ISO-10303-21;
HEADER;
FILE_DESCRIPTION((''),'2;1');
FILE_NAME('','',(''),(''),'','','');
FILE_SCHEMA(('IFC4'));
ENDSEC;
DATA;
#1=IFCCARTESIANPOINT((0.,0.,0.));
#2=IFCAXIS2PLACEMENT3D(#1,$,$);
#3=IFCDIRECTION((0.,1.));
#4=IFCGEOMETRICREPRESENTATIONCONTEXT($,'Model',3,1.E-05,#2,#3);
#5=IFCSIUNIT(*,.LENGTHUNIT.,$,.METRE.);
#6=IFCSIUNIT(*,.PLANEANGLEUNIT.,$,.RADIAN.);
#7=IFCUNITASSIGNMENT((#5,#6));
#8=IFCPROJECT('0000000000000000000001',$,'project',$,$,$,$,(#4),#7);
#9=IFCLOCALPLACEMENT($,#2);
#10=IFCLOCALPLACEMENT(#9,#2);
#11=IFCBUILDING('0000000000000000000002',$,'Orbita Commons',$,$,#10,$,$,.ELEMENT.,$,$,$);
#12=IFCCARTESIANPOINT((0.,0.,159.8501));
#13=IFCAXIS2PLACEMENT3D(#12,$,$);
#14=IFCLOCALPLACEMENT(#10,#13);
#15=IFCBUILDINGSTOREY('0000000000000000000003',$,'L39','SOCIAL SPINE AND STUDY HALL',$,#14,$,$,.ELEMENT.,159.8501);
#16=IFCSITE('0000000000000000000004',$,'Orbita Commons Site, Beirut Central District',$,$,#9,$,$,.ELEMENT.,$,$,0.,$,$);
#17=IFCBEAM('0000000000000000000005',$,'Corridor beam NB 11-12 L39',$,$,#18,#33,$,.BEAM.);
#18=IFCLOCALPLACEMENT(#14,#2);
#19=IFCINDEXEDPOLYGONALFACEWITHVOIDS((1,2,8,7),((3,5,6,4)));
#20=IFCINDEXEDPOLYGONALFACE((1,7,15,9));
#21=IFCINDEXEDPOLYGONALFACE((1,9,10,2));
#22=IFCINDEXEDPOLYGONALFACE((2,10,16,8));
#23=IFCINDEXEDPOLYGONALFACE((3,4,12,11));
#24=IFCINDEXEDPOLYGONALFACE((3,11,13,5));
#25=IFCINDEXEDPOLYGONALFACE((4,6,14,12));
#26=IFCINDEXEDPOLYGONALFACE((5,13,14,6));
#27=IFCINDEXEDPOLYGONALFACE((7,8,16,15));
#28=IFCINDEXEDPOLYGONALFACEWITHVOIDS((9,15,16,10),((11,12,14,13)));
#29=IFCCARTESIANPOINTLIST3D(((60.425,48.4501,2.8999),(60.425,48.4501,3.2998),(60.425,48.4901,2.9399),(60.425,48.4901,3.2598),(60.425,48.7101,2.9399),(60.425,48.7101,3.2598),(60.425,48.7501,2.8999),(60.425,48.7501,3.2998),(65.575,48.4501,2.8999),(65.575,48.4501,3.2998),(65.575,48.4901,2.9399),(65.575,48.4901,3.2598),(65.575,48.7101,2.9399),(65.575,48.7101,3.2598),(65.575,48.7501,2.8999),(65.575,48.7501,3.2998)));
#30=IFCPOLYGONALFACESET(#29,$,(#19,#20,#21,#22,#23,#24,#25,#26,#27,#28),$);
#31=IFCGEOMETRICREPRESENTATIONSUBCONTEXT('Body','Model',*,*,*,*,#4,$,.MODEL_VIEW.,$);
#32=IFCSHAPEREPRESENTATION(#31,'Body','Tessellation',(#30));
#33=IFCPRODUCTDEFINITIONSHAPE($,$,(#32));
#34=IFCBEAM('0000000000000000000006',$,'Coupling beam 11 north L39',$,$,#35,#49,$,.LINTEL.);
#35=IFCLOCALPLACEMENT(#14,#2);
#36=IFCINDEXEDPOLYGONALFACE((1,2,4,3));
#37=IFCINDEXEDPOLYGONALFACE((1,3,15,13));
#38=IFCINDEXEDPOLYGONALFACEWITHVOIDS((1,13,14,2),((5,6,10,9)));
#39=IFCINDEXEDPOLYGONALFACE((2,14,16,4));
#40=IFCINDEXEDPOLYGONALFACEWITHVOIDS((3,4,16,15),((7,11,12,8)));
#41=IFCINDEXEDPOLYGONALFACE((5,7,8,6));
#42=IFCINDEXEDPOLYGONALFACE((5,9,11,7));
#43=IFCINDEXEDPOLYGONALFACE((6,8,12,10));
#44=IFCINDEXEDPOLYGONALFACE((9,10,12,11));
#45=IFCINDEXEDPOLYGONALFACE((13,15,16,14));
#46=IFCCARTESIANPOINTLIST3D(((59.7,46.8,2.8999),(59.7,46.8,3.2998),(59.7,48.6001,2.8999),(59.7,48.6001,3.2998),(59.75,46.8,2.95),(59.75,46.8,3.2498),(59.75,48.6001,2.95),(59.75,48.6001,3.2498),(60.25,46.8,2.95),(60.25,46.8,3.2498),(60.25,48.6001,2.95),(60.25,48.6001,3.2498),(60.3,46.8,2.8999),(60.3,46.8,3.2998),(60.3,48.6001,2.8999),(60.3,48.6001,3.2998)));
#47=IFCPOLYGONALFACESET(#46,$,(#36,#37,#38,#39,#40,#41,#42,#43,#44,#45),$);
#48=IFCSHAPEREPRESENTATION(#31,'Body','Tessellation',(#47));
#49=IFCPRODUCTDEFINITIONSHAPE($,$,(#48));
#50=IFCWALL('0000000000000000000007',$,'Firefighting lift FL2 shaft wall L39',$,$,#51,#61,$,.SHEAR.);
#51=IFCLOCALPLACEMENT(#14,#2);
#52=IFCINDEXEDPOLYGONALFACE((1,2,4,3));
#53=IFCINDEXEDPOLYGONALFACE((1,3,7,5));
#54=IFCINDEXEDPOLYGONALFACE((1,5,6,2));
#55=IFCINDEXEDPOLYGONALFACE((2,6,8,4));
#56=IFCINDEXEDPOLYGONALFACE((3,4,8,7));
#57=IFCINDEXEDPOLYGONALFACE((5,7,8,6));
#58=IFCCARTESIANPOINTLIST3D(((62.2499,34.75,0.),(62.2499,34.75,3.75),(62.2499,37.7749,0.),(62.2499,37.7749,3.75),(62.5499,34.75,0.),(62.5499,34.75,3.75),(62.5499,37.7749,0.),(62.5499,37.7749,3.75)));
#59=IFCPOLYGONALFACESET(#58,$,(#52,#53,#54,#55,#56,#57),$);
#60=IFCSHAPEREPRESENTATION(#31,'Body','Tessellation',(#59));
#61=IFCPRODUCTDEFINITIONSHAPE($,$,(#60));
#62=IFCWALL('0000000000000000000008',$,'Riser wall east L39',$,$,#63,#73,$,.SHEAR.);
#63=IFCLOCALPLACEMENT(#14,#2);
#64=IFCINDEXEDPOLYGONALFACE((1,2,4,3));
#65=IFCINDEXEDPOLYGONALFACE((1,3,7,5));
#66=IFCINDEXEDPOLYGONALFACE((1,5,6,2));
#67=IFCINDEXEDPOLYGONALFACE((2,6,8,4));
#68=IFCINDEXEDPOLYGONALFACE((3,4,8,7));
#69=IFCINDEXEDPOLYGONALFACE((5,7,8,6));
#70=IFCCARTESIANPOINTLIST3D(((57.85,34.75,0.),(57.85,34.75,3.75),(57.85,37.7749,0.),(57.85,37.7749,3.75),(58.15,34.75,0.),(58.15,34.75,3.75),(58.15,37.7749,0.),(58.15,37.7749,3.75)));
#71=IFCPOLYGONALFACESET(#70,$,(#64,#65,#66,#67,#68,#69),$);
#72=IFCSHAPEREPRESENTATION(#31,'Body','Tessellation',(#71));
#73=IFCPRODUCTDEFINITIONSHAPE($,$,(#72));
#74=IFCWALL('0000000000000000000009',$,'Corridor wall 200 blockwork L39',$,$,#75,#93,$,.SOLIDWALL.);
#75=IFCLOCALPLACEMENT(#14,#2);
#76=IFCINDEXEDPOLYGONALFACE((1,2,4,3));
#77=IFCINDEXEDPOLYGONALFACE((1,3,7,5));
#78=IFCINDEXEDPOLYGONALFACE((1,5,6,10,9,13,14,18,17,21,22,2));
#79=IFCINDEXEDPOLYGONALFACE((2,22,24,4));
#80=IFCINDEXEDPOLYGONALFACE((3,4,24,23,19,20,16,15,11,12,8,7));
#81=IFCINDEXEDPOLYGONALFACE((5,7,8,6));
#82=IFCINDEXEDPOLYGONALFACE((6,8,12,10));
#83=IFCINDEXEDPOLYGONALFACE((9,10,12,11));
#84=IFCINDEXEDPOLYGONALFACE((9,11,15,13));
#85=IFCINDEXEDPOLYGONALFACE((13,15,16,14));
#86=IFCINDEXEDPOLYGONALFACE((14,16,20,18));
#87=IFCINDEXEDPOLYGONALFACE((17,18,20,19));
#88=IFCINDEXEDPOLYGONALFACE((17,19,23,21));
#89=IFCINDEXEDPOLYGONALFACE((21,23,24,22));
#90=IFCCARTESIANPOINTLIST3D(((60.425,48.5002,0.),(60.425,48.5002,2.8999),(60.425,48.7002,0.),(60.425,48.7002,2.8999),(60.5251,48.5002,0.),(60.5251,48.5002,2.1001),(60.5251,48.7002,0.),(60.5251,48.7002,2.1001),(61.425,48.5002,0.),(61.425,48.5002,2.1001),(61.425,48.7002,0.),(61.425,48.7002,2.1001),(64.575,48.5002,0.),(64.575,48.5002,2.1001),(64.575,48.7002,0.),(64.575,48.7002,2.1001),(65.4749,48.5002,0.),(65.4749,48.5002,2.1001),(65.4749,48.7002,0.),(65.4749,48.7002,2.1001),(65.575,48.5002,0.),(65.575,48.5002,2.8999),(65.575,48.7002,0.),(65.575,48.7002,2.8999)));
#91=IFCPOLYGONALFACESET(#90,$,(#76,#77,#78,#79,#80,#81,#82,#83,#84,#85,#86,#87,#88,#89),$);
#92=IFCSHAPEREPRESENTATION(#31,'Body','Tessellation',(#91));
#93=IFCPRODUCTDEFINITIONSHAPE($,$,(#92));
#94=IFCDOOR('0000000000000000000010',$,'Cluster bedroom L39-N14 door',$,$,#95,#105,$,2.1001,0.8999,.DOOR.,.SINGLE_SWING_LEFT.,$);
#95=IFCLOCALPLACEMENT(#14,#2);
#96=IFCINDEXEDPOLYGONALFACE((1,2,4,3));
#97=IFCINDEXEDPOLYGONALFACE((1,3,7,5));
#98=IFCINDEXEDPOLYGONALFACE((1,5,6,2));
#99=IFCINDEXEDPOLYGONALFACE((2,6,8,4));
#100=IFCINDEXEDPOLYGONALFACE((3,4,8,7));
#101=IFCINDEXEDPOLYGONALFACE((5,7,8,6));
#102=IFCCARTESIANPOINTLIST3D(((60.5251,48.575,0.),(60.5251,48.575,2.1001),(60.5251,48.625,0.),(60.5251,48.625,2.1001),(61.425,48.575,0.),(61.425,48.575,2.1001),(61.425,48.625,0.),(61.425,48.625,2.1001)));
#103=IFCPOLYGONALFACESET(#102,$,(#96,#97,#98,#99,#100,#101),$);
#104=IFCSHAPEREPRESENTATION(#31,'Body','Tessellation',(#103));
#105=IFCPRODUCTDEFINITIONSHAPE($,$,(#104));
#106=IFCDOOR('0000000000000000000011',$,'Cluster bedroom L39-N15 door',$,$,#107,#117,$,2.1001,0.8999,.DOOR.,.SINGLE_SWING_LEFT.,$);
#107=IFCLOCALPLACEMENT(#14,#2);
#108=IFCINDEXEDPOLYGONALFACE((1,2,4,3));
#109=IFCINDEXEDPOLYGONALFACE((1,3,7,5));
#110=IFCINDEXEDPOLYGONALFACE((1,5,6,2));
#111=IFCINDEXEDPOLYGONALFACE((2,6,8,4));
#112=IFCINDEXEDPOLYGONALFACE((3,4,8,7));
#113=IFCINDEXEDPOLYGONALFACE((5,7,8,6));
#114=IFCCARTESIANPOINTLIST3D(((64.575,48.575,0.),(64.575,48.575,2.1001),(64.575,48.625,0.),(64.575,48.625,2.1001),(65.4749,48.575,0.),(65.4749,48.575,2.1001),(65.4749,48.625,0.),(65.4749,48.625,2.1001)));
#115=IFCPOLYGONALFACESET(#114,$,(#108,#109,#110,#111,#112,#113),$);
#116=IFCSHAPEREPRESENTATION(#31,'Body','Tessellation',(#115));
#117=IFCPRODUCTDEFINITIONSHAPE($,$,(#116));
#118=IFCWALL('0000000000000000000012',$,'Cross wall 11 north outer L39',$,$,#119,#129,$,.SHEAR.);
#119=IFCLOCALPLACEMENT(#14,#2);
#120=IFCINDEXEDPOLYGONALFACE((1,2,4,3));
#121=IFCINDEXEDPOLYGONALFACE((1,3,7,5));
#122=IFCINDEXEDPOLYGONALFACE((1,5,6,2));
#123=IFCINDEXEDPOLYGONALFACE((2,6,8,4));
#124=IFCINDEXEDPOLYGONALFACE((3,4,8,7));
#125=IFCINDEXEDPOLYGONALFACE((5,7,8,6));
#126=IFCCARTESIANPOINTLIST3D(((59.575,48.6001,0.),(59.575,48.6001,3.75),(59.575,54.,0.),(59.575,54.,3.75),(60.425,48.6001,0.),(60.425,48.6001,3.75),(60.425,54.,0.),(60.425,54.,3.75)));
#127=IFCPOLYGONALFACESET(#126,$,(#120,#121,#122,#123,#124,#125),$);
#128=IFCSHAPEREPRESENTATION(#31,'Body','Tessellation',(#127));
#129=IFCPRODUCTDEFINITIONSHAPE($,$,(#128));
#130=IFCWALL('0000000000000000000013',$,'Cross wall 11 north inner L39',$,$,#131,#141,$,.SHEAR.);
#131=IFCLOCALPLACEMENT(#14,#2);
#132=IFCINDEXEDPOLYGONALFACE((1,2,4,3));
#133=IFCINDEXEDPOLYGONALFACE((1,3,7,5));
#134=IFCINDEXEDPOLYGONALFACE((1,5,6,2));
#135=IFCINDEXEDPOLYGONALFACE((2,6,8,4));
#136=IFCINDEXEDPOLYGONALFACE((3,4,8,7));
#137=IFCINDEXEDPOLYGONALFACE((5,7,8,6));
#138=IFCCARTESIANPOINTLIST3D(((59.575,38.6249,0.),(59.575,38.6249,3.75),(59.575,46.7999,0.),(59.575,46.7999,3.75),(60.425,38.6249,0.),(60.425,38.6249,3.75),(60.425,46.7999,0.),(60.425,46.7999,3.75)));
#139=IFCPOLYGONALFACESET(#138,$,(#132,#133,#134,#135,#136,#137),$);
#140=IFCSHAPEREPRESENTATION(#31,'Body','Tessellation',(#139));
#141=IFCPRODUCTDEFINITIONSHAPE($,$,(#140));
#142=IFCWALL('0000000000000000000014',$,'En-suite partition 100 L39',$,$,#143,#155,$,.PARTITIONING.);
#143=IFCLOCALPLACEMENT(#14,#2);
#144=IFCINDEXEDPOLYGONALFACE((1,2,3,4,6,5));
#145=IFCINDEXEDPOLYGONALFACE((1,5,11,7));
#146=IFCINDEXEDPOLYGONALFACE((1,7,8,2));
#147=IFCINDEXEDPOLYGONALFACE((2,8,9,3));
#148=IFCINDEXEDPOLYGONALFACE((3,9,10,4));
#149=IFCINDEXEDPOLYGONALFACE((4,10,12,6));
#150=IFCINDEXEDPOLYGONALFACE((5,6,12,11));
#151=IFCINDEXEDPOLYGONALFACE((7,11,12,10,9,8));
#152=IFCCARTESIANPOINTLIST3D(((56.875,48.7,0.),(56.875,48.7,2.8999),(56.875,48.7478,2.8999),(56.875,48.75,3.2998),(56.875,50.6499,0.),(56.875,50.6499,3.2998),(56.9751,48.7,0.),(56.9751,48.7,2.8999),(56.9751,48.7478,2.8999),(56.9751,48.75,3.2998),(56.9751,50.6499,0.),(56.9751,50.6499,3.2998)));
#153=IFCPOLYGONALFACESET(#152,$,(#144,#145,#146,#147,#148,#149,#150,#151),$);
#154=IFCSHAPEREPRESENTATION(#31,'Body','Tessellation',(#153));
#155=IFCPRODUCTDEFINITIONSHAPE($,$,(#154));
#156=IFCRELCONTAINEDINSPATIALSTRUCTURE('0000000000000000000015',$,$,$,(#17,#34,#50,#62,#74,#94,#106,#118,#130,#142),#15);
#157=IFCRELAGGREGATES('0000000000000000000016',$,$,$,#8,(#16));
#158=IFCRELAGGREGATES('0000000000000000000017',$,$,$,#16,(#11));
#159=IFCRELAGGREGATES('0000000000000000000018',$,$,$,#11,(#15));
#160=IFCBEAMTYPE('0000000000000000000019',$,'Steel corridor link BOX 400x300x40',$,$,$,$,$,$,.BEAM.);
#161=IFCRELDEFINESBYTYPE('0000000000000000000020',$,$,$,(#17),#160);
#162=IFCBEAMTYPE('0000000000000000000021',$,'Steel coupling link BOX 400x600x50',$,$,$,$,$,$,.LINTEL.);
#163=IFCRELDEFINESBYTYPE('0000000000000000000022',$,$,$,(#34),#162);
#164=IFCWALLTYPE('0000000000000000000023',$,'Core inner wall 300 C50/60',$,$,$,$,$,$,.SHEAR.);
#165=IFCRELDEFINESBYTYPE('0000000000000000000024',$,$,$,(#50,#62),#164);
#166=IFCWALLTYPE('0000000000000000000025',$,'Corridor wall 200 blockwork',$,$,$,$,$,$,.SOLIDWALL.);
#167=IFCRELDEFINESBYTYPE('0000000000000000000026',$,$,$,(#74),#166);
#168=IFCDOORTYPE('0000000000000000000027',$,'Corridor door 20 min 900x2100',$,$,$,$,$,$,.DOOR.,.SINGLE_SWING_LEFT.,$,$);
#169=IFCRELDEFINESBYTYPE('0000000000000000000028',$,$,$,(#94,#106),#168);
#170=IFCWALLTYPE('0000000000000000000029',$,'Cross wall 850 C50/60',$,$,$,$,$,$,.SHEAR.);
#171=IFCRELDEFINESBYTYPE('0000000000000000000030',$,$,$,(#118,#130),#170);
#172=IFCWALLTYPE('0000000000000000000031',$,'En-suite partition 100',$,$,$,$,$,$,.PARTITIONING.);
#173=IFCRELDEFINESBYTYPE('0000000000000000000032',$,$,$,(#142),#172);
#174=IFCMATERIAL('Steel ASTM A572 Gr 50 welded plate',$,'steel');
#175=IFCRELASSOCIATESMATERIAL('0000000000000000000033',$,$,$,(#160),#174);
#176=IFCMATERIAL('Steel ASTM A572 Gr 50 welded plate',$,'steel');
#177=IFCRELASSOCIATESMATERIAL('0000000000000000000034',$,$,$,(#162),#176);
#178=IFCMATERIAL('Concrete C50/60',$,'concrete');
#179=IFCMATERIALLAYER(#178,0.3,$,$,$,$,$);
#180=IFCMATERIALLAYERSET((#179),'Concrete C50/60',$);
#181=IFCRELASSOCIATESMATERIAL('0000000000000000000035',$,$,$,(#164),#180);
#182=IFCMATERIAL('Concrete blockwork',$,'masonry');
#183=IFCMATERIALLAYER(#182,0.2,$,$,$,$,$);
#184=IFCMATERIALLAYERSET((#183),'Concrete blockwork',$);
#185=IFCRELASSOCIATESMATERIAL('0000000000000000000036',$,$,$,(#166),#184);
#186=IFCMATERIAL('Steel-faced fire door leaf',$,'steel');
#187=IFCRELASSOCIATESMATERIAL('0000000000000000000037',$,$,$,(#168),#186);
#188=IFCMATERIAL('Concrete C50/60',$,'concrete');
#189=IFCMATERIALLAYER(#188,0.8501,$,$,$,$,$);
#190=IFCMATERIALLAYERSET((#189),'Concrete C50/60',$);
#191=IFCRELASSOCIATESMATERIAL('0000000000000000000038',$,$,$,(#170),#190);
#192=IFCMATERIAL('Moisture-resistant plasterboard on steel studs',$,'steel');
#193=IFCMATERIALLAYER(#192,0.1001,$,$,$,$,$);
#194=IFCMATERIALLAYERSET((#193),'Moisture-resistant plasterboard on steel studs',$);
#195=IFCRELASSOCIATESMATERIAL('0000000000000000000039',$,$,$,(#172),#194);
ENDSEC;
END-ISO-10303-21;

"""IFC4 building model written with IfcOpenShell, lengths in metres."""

from ifc_helpers import new_model, si_unit, direction, frame, frame_2d, origin, origin_2d, place, context, subcontext, project, spatial, polyline, rectangle, hollow_rectangle, outline, extrude, material, layer, layer_set, material_profile, profile_set, type_object, element, fill, save


model = new_model("IFC4")

# Units and contexts
model_context = context("Model", 3, precision=1e-05, world=origin(), true_north=direction((0.0, 1.0)))
body_context = subcontext(model_context, "Body", "Model", "MODEL_VIEW")
ifc_project = project(units=[si_unit("LENGTHUNIT", "METRE"), si_unit("PLANEANGLEUNIT", "RADIAN")], contexts=[model_context])

# Site, building, storey
site_placement = place(None, origin())
site = spatial("IfcSite", under=ifc_project, at=site_placement, Name="Orbita Commons Site, Beirut Central District", CompositionType="ELEMENT", RefElevation=0.0)
building_placement = place(site_placement, origin())
building = spatial("IfcBuilding", under=site, at=building_placement, Name="Orbita Commons", CompositionType="ELEMENT")
storey_placement = place(building_placement, frame((0.0, 0.0, 159.8501)))
storey = spatial("IfcBuildingStorey", under=building, at=storey_placement, Name="L39", Description="SOCIAL SPINE AND STUDY HALL", CompositionType="ELEMENT", Elevation=159.8501)

# Beams
ifc_material_1 = material(Name="Steel ASTM A572 Gr 50 welded plate", Category="steel")
ifc_material_profile_1 = material_profile(ifc_material_1, hollow_rectangle(XDim=0.3, YDim=0.3999, WallThickness=0.04, at=origin_2d()), Name="BOX 400x300x40")
ifc_profile_set_1 = profile_set([ifc_material_profile_1], Name="Steel ASTM A572 Gr 50 welded plate")
beam_type_1 = type_object("IfcBeamType", Name="Steel corridor link BOX 400x300x40", PredefinedType="BEAM", material=ifc_profile_set_1)
beam_1_placement = place(storey_placement, frame((60.425, 48.6001, 3.0999), z_axis=(1.0, 0.0, 0.0), x_axis=(0.0, 1.0, 0.0)))
element("IfcBeam", 1, at=beam_1_placement, inside=storey, type_object=beam_type_1, Name="Corridor beam NB 11-12 L39", PredefinedType="BEAM", context=body_context, shape_type="SweptSolid", body=[
    extrude(hollow_rectangle(XDim=0.3, YDim=0.3999, WallThickness=0.04, at=origin_2d()), origin(), (0.0, 0.0, 1.0), 5.1499),
])
ifc_material_2 = material(Name="Steel ASTM A572 Gr 50 welded plate", Category="steel")
ifc_material_profile_2 = material_profile(ifc_material_2, hollow_rectangle(XDim=0.6001, YDim=0.3999, WallThickness=0.05, at=origin_2d()), Name="BOX 400x600x50")
ifc_profile_set_2 = profile_set([ifc_material_profile_2], Name="Steel ASTM A572 Gr 50 welded plate")
beam_type_2 = type_object("IfcBeamType", Name="Steel coupling link BOX 400x600x50", PredefinedType="LINTEL", material=ifc_profile_set_2)
beam_2_placement = place(storey_placement, frame((60.0, 46.8, 3.0999), z_axis=(0.0, 1.0, 0.0), x_axis=(-1.0, 0.0, 0.0)))
element("IfcBeam", 2, at=beam_2_placement, inside=storey, type_object=beam_type_2, Name="Coupling beam 11 north L39", PredefinedType="LINTEL", context=body_context, shape_type="SweptSolid", body=[
    extrude(hollow_rectangle(XDim=0.6001, YDim=0.3999, WallThickness=0.05, at=origin_2d()), origin(), (0.0, 0.0, 1.0), 1.8),
])

# Walls
ifc_material_3 = material(Name="Concrete C50/60", Category="concrete")
ifc_layer_1 = layer(ifc_material_3, 0.3)
ifc_layer_set_1 = layer_set([ifc_layer_1], Name="Concrete C50/60")
wall_type_1 = type_object("IfcWallType", Name="Core inner wall 300 C50/60", PredefinedType="SHEAR", material=ifc_layer_set_1)
for number, where, z_axis, x_axis, name in (
    (3, (62.3999, 34.75, 0.0), (0.0, 0.0, 1.0), (0.0, 1.0, 0.0), "Firefighting lift FL2 shaft wall L39"),
    (4, (58.0, 34.75, 0.0), (0.0, 0.0, 1.0), (0.0, 1.0, 0.0), "Riser wall east L39"),
):
    element("IfcWall", number, at=place(storey_placement, frame(where, z_axis=z_axis, x_axis=x_axis)), inside=storey, type_object=wall_type_1, Name=name, PredefinedType="SHEAR", context=body_context, shape_type="SweptSolid", body=[
        extrude(rectangle(XDim=3.0249, YDim=0.3, at=frame_2d((1.5125, 0.0))), origin(), (0.0, 0.0, 1.0), 3.75),
    ])

# Wall, openings, doors
ifc_material_4 = material(Name="Concrete blockwork", Category="masonry")
ifc_layer_2 = layer(ifc_material_4, 0.2)
ifc_layer_set_2 = layer_set([ifc_layer_2], Name="Concrete blockwork")
wall_type_2 = type_object("IfcWallType", Name="Corridor wall 200 blockwork", PredefinedType="SOLIDWALL", material=ifc_layer_set_2)
wall_1_placement = place(storey_placement, frame((60.425, 48.6001, 0.0), z_axis=(0.0, 0.0, 1.0), x_axis=(1.0, 0.0, 0.0)))
wall_1 = element("IfcWall", 5, at=wall_1_placement, inside=storey, type_object=wall_type_2, Name="Corridor wall 200 blockwork L39", PredefinedType="SOLIDWALL", context=body_context, shape_type="SweptSolid", body=[
    extrude(outline(polyline([(0.0, 0.0), (5.1499, 0.0), (5.1499, 2.8999), (0.0, 2.8999), (0.0, 0.0)])), frame((0.0, 0.1001, 0.0), z_axis=(0.0, -1.0, 0.0), x_axis=(1.0, 0.0, 0.0)), (0.0, 0.0, 1.0), 0.2),
])
opening_1_placement = place(wall_1_placement, frame((0.1001, 0.0, 0.0)))
opening_1 = element("IfcOpeningElement", 6, at=opening_1_placement, cuts=wall_1, PredefinedType="OPENING", context=body_context, shape_type="SweptSolid", body=[
    extrude(rectangle(XDim=0.8999, YDim=2.1001, at=frame_2d((0.45, 1.05))), frame((0.0, 0.1099, 0.0), z_axis=(0.0, -1.0, 0.0), x_axis=(1.0, 0.0, 0.0)), (0.0, 0.0, 1.0), 0.22),
])
opening_2_placement = place(wall_1_placement, frame((4.1499, 0.0, 0.0)))
opening_2 = element("IfcOpeningElement", 7, at=opening_2_placement, cuts=wall_1, PredefinedType="OPENING", context=body_context, shape_type="SweptSolid", body=[
    extrude(rectangle(XDim=0.8999, YDim=2.1001, at=frame_2d((0.45, 1.05))), frame((0.0, 0.1099, 0.0), z_axis=(0.0, -1.0, 0.0), x_axis=(1.0, 0.0, 0.0)), (0.0, 0.0, 1.0), 0.22),
])
ifc_material_5 = material(Name="Steel-faced fire door leaf", Category="steel")
door_type_1 = type_object("IfcDoorType", Name="Corridor door 20 min 900x2100", OperationType="SINGLE_SWING_LEFT", PredefinedType="DOOR", material=ifc_material_5)
door_1_placement = place(opening_1_placement, origin())
door_1 = element("IfcDoor", 8, at=door_1_placement, inside=storey, type_object=door_type_1, Name="Cluster bedroom L39-N14 door", OperationType="SINGLE_SWING_LEFT", OverallHeight=2.1001, OverallWidth=0.8999, PredefinedType="DOOR", context=body_context, shape_type="SweptSolid", body=[
    extrude(rectangle(XDim=0.8999, YDim=2.1001, at=frame_2d((0.45, 1.05))), frame((0.0, 0.0249, 0.0), z_axis=(0.0, -1.0, 0.0), x_axis=(1.0, 0.0, 0.0)), (0.0, 0.0, 1.0), 0.05),
])
fill(opening_1, door_1)
door_2_placement = place(opening_2_placement, origin())
door_2 = element("IfcDoor", 9, at=door_2_placement, inside=storey, type_object=door_type_1, Name="Cluster bedroom L39-N15 door", OperationType="SINGLE_SWING_LEFT", OverallHeight=2.1001, OverallWidth=0.8999, PredefinedType="DOOR", context=body_context, shape_type="SweptSolid", body=[
    extrude(rectangle(XDim=0.8999, YDim=2.1001, at=frame_2d((0.45, 1.05))), frame((0.0, 0.0249, 0.0), z_axis=(0.0, -1.0, 0.0), x_axis=(1.0, 0.0, 0.0)), (0.0, 0.0, 1.0), 0.05),
])
fill(opening_2, door_2)

# Walls
ifc_material_6 = material(Name="Concrete C50/60", Category="concrete")
ifc_layer_3 = layer(ifc_material_6, 0.8501)
ifc_layer_set_3 = layer_set([ifc_layer_3], Name="Concrete C50/60")
wall_type_3 = type_object("IfcWallType", Name="Cross wall 850 C50/60", PredefinedType="SHEAR", material=ifc_layer_set_3)
wall_2_placement = place(storey_placement, frame((60.0, 48.6001, 0.0), z_axis=(0.0, 0.0, 1.0), x_axis=(0.0, 1.0, 0.0)))
element("IfcWall", 10, at=wall_2_placement, inside=storey, type_object=wall_type_3, Name="Cross wall 11 north outer L39", PredefinedType="SHEAR", context=body_context, shape_type="SweptSolid", body=[
    extrude(rectangle(XDim=5.3999, YDim=0.8501, at=frame_2d((2.7, 0.0))), origin(), (0.0, 0.0, 1.0), 3.75),
])
wall_3_placement = place(storey_placement, frame((60.0, 38.625, 0.0), z_axis=(0.0, 0.0, 1.0), x_axis=(0.0, 1.0, 0.0)))
element("IfcWall", 11, at=wall_3_placement, inside=storey, type_object=wall_type_3, Name="Cross wall 11 north inner L39", PredefinedType="SHEAR", context=body_context, shape_type="SweptSolid", body=[
    extrude(rectangle(XDim=8.175, YDim=0.8501, at=frame_2d((4.0874, 0.0))), origin(), (0.0, 0.0, 1.0), 3.75),
])
ifc_material_7 = material(Name="Moisture-resistant plasterboard on steel studs", Category="steel")
ifc_layer_4 = layer(ifc_material_7, 0.1001)
ifc_layer_set_4 = layer_set([ifc_layer_4], Name="Moisture-resistant plasterboard on steel studs")
wall_type_4 = type_object("IfcWallType", Name="En-suite partition 100", PredefinedType="PARTITIONING", material=ifc_layer_set_4)
wall_4_placement = place(storey_placement, frame((56.925, 50.6499, 0.0), z_axis=(0.0, 0.0, 1.0), x_axis=(0.0, -1.0, 0.0)))
element("IfcWall", 12, at=wall_4_placement, inside=storey, type_object=wall_type_4, Name="En-suite partition 100 L39", PredefinedType="PARTITIONING", context=body_context, shape_type="SweptSolid", body=[
    extrude(outline(polyline([(0.0, 0.0), (1.95, 0.0), (1.95, 2.8999), (1.9021, 2.8999), (1.8999, 3.2998), (0.0, 3.2998), (0.0, 0.0)])), frame((0.0, 0.05, 0.0), z_axis=(0.0, -1.0, 0.0), x_axis=(1.0, 0.0, 0.0)), (0.0, 0.0, 1.0), 0.1001),
])

save(model, "model.ifc")
